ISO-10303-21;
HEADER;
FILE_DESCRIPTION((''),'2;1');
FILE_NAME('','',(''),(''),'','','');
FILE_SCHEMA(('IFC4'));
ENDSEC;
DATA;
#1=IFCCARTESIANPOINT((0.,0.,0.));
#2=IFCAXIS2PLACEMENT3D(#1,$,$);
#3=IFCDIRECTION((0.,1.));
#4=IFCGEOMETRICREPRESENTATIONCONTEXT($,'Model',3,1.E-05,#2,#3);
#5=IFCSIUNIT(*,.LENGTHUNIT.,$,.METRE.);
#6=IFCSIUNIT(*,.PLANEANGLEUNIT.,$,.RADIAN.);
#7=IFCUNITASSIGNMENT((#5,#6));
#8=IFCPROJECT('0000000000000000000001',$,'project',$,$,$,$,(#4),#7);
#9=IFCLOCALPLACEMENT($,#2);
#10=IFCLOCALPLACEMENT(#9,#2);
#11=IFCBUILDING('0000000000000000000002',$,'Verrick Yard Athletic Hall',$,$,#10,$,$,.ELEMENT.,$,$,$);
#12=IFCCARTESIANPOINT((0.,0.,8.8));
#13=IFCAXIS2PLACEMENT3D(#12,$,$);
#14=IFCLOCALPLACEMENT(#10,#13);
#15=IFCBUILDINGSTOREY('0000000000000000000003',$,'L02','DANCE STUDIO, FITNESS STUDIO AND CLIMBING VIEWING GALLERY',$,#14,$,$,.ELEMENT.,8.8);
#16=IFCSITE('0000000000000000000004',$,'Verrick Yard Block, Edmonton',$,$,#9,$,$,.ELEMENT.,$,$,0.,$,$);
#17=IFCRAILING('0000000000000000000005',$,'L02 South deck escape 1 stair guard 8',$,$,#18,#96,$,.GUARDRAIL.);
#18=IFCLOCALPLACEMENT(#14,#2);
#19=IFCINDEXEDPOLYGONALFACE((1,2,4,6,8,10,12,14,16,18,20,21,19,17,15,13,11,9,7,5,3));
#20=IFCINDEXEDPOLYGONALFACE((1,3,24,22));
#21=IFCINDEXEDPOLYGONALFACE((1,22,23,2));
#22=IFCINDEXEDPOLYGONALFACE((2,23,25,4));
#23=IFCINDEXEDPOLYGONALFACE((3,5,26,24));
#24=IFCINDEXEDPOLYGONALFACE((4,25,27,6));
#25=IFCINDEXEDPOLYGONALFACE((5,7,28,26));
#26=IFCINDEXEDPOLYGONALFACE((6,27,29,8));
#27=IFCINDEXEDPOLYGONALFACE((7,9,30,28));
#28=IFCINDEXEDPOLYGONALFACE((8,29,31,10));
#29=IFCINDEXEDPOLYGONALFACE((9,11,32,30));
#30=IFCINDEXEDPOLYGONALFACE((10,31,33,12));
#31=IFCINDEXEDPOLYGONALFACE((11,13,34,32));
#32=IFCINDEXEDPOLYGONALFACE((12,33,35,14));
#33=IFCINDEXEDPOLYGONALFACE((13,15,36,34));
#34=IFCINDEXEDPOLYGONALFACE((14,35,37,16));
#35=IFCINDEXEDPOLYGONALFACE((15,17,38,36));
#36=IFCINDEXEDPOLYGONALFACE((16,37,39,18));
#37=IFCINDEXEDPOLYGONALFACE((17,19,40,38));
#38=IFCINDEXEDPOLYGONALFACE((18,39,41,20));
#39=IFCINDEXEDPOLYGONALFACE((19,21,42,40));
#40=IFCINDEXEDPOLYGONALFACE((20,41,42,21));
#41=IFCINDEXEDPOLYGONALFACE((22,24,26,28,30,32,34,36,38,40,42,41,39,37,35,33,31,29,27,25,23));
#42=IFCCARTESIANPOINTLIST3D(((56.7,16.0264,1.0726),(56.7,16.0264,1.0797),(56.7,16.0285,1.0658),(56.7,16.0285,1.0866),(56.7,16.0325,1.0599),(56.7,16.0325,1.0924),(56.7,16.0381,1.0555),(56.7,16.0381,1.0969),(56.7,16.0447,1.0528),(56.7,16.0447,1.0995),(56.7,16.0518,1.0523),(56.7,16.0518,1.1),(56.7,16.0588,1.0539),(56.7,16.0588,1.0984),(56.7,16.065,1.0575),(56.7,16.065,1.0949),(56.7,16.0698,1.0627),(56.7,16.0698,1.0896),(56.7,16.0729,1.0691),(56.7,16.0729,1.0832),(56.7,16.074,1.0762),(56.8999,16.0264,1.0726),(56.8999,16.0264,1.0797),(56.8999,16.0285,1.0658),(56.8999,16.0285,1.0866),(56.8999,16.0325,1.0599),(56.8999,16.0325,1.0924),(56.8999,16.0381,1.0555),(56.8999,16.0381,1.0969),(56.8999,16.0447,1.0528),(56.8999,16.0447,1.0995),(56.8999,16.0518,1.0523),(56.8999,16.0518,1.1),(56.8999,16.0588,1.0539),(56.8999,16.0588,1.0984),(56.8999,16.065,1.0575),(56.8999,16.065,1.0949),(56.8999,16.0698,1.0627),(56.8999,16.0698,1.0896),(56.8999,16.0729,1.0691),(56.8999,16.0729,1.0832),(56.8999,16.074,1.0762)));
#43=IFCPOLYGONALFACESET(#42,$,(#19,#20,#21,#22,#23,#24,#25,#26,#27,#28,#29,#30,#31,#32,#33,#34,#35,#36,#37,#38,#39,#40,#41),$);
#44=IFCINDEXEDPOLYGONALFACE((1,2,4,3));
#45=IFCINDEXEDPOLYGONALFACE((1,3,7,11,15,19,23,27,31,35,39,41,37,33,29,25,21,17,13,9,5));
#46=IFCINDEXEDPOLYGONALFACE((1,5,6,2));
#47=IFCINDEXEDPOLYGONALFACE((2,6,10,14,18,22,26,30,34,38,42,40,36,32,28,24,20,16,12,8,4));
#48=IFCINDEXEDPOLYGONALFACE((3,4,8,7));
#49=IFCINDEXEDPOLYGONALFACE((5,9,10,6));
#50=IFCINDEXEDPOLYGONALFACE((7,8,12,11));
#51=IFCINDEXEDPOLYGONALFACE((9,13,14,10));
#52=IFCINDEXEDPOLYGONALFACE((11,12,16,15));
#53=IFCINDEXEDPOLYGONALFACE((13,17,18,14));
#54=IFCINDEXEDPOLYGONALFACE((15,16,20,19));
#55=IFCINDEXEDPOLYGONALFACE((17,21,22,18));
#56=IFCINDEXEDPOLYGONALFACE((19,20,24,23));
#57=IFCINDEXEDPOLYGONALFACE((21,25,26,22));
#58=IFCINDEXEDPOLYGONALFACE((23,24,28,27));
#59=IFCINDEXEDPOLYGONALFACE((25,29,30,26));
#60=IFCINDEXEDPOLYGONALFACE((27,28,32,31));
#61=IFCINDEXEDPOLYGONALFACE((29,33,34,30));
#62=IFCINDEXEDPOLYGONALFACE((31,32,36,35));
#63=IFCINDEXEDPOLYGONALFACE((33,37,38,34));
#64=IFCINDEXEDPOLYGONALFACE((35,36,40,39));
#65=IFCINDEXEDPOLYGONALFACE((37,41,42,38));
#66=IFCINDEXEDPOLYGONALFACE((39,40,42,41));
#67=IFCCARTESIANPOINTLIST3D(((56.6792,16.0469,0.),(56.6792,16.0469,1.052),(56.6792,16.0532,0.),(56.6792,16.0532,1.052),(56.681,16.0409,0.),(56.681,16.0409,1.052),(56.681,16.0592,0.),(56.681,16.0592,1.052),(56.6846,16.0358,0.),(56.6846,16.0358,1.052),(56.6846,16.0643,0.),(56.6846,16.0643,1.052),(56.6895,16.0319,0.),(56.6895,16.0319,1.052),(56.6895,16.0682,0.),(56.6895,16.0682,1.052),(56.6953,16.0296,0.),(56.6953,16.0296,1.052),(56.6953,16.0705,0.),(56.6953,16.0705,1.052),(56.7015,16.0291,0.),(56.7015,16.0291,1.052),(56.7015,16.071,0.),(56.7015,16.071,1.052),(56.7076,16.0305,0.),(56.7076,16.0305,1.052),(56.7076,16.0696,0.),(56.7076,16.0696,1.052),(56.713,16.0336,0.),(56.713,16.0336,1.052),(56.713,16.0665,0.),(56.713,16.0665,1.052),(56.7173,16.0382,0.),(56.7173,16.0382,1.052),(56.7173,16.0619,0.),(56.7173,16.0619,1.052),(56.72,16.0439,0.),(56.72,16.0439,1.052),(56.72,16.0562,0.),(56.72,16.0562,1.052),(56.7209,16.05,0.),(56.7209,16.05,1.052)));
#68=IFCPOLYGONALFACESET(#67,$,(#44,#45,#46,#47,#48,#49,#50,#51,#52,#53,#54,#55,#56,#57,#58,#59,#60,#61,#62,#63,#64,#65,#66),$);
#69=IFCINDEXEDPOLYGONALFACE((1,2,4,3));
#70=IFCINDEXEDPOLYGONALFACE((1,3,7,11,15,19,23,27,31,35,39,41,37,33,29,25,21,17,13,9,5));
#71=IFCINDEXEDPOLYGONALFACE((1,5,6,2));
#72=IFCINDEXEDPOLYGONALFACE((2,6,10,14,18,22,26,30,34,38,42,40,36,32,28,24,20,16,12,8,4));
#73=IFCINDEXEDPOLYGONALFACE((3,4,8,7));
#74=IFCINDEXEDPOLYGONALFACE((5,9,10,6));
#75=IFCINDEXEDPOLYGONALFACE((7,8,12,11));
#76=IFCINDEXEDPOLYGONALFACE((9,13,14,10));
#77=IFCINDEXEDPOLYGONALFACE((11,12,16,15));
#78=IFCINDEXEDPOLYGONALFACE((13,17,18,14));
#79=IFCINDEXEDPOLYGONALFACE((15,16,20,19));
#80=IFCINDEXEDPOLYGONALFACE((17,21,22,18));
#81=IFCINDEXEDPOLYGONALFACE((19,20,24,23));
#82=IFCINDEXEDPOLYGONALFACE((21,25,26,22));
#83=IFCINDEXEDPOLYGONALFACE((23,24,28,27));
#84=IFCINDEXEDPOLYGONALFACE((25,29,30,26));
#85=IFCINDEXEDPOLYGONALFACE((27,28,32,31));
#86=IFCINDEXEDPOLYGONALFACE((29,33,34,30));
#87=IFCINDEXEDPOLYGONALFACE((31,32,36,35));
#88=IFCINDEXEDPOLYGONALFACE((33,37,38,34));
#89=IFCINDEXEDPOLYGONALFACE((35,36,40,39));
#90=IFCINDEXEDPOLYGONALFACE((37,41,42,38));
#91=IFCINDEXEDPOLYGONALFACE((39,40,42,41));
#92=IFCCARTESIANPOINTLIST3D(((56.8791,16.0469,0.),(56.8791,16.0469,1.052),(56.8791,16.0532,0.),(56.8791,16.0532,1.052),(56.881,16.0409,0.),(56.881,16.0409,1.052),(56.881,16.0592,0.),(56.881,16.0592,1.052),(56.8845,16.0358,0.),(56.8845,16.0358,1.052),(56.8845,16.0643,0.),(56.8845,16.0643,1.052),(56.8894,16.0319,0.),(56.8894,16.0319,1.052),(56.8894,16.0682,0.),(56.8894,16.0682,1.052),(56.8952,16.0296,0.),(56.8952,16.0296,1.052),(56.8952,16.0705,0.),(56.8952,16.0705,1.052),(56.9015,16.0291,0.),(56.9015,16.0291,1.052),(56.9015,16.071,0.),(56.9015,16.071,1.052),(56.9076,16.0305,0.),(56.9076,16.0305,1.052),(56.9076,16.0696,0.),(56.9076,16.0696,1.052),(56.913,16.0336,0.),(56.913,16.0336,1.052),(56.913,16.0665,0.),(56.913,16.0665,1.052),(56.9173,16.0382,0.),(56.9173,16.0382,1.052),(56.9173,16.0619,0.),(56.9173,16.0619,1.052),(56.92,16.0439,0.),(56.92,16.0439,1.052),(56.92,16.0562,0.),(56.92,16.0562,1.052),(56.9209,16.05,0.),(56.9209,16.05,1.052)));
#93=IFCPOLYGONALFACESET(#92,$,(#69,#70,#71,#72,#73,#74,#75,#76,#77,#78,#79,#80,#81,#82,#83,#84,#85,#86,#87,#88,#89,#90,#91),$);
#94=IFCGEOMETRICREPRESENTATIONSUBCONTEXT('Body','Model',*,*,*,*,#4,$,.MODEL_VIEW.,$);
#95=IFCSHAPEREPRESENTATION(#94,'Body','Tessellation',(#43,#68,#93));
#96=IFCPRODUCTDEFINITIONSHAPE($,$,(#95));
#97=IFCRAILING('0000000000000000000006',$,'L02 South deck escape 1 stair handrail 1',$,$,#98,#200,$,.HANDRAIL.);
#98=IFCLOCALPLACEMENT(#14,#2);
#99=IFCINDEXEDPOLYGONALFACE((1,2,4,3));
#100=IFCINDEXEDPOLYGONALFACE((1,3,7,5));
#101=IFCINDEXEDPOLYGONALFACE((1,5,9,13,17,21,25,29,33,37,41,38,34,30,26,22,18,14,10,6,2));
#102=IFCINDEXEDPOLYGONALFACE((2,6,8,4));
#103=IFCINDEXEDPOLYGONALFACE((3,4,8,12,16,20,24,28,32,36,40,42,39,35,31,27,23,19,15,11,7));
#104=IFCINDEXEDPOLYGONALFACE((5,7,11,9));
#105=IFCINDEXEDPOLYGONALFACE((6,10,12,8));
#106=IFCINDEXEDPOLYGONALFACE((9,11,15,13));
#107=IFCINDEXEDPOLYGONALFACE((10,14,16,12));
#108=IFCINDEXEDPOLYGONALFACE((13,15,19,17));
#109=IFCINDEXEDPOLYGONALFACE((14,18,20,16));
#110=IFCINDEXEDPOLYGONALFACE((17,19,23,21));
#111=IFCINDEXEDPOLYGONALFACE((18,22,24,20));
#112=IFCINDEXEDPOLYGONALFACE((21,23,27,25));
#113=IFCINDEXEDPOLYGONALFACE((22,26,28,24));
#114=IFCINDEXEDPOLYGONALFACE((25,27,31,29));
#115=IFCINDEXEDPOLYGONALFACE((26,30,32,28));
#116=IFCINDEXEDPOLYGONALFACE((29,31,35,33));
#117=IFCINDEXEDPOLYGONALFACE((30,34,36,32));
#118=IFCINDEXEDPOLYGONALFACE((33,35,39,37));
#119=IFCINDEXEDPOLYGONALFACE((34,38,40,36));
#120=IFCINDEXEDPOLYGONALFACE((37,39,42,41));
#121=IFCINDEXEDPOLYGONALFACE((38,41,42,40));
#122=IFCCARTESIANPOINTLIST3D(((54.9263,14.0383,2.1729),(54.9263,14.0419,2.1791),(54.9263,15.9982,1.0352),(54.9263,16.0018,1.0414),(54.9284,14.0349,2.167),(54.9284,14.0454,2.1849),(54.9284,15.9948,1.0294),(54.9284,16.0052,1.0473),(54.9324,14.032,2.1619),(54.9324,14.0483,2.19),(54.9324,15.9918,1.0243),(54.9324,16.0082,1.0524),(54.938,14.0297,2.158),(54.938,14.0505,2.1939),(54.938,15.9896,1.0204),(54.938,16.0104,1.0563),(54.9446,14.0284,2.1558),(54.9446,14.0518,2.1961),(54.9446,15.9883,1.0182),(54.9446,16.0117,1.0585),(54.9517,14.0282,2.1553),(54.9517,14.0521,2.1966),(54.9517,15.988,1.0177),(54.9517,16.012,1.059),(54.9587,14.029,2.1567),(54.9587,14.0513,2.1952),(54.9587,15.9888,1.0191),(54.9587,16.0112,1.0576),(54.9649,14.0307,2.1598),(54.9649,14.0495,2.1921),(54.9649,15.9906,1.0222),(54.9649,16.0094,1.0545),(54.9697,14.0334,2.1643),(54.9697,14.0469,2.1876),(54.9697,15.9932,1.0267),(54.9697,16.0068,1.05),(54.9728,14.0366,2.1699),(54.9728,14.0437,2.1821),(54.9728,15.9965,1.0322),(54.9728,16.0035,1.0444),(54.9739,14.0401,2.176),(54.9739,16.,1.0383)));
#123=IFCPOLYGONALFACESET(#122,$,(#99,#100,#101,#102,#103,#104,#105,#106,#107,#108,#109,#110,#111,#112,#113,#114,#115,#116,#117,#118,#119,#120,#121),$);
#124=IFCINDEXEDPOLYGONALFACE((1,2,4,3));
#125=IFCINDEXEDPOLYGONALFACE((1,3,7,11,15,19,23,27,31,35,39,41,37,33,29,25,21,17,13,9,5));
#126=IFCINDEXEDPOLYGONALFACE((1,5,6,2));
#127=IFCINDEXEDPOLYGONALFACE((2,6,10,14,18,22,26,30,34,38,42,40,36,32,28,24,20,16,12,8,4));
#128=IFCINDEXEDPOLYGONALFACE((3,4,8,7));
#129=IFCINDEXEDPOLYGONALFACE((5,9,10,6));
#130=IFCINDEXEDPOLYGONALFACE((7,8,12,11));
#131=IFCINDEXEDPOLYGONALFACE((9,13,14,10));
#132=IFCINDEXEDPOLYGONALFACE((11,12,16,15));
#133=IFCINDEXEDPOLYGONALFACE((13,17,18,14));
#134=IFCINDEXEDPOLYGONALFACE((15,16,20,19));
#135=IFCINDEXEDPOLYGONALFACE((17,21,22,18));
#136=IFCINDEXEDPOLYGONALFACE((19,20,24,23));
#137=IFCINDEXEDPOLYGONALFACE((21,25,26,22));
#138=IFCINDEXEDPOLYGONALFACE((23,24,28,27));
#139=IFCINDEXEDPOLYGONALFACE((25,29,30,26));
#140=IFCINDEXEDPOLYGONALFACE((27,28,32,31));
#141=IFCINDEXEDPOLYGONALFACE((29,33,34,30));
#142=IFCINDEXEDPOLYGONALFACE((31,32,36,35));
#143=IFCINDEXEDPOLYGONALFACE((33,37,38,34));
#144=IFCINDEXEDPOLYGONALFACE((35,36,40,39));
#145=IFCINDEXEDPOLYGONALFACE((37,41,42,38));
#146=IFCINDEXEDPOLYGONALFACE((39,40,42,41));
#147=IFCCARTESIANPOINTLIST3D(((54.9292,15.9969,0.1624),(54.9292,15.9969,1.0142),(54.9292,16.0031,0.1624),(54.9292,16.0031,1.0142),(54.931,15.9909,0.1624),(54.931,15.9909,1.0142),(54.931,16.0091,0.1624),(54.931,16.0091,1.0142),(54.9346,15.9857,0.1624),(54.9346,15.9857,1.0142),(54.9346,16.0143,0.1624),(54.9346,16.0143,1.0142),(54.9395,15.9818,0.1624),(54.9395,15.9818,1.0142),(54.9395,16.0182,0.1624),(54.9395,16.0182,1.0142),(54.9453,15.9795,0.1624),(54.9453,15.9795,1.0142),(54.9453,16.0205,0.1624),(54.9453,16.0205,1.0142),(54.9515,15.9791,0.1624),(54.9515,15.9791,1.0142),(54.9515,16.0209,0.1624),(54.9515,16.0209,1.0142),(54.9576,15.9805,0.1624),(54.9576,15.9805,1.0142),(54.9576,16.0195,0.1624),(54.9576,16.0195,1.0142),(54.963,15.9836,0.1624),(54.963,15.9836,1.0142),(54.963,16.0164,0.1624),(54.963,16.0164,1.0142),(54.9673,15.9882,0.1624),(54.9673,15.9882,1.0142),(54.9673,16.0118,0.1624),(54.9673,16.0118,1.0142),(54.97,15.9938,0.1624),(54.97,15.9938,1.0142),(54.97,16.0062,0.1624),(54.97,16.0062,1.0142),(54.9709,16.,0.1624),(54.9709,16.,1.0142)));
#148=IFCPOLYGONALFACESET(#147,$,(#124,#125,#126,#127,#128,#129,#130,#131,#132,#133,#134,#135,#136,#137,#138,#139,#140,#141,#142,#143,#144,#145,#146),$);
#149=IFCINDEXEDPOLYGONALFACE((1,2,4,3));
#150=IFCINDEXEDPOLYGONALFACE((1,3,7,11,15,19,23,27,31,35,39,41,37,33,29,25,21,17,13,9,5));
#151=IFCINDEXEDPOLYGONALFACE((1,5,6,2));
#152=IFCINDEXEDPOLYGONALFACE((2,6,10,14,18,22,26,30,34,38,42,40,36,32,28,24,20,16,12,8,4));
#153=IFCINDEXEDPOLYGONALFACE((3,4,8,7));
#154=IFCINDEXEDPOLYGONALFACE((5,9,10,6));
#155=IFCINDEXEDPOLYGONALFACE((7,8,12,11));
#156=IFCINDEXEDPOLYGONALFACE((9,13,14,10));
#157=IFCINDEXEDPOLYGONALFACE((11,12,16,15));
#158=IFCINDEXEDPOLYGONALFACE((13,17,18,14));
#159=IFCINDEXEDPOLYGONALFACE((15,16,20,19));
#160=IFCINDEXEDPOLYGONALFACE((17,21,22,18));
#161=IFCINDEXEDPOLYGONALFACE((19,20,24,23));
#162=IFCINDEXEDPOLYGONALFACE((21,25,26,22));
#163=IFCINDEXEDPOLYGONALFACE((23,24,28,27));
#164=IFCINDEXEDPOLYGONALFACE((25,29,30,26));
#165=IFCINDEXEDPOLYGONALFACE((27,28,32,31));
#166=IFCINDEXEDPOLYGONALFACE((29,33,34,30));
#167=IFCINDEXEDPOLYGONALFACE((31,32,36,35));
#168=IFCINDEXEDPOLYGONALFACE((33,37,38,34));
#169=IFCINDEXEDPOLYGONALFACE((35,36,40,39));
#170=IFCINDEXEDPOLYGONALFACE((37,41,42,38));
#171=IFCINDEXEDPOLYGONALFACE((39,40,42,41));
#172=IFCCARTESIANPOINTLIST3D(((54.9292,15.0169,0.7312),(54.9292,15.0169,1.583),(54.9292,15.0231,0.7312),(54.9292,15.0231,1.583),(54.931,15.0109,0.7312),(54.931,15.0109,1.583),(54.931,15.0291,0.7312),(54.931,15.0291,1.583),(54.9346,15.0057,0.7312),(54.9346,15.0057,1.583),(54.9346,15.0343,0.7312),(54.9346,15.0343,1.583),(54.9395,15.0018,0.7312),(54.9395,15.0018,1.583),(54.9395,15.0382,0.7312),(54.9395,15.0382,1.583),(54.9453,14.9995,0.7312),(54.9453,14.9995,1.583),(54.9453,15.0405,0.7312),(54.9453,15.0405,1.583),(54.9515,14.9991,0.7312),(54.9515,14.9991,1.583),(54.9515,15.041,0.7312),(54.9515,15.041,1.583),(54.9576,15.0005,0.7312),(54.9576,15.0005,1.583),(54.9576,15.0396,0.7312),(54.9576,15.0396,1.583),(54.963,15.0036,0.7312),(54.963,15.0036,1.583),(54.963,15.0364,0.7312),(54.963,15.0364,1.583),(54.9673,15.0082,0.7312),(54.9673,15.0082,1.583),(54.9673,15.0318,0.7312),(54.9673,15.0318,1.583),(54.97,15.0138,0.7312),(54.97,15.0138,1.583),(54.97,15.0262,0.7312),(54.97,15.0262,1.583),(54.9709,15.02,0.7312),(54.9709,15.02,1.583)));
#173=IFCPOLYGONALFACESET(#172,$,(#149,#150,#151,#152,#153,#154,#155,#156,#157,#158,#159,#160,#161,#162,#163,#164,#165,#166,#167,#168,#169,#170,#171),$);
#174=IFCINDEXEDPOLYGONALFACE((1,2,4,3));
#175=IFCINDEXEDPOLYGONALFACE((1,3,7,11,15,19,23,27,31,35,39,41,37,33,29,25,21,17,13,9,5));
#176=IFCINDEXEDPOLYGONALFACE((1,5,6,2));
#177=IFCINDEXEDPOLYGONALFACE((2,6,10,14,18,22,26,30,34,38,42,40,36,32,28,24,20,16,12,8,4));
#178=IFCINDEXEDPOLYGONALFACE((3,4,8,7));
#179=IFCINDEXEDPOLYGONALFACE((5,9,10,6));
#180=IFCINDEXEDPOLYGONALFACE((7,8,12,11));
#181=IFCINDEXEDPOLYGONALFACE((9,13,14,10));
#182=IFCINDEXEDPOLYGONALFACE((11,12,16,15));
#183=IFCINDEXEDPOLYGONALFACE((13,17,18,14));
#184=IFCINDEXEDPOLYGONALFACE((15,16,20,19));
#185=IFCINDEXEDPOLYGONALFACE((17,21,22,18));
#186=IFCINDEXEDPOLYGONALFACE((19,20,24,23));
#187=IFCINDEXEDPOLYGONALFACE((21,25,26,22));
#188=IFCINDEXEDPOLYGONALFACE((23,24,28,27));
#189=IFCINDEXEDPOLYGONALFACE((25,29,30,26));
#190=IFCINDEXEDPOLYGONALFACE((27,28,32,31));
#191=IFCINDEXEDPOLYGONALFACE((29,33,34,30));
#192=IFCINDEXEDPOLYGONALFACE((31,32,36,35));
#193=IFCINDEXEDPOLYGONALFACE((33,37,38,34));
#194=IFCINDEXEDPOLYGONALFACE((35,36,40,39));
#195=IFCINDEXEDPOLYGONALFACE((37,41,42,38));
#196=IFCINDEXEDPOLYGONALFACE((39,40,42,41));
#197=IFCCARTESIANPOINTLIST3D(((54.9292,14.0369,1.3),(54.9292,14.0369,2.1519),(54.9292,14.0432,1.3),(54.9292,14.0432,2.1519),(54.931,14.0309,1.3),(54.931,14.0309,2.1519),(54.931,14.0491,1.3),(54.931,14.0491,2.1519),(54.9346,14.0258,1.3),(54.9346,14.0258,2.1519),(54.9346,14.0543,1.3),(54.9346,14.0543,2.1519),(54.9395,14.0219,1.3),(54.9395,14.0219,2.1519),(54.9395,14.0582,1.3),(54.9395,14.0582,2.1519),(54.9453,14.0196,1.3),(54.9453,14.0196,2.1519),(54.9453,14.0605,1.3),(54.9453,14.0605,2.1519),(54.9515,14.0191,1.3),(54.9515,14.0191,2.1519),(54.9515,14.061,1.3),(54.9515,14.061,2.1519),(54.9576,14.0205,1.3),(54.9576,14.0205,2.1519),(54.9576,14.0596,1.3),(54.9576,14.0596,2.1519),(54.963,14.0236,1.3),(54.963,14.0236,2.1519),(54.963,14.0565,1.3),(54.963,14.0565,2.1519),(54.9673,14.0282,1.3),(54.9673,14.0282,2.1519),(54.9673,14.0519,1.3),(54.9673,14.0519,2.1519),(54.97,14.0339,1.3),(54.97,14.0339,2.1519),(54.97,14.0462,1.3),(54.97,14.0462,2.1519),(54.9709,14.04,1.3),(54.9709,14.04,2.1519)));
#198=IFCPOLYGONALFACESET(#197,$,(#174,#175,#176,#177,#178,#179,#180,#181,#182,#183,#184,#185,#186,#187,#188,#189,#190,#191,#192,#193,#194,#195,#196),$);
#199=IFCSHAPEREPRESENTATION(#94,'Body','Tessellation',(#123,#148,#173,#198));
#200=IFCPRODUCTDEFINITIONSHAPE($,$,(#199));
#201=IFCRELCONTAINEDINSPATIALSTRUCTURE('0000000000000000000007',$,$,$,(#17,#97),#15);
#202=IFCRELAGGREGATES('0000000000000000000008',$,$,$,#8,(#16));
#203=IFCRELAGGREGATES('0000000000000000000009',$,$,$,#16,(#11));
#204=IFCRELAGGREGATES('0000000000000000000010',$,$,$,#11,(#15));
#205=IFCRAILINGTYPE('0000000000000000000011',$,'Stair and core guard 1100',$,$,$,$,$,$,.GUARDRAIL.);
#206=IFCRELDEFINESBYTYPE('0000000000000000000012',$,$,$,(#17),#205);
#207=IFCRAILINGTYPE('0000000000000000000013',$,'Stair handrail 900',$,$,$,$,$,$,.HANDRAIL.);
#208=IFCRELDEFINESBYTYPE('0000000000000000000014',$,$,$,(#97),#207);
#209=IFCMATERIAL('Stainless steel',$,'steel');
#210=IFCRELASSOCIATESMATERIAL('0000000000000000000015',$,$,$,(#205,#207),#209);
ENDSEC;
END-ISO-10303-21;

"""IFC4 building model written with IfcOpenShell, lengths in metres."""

from ifc_helpers import new_model, si_unit, direction, frame, origin, origin_2d, place, context, subcontext, project, spatial, circle, extrude, material, type_object, element, save


model = new_model("IFC4")

# Units and contexts
model_context = context("Model", 3, precision=1e-05, world=origin(), true_north=direction((0.0, 1.0)))
body_context = subcontext(model_context, "Body", "Model", "MODEL_VIEW")
ifc_project = project(units=[si_unit("LENGTHUNIT", "METRE"), si_unit("PLANEANGLEUNIT", "RADIAN")], contexts=[model_context])

# Site, building, storey
site_placement = place(None, origin())
site = spatial("IfcSite", under=ifc_project, at=site_placement, Name="Verrick Yard Block, Edmonton", CompositionType="ELEMENT", RefElevation=0.0)
building_placement = place(site_placement, origin())
building = spatial("IfcBuilding", under=site, at=building_placement, Name="Verrick Yard Athletic Hall", CompositionType="ELEMENT")
storey_placement = place(building_placement, frame((0.0, 0.0, 8.8)))
storey = spatial("IfcBuildingStorey", under=building, at=storey_placement, Name="L02", Description="DANCE STUDIO, FITNESS STUDIO AND CLIMBING VIEWING GALLERY", CompositionType="ELEMENT", Elevation=8.8)

# Railings
ifc_material_1 = material(Name="Stainless steel", Category="steel")
railing_type_1 = type_object("IfcRailingType", Name="Stair and core guard 1100", PredefinedType="GUARDRAIL", material=ifc_material_1)
railing_1_placement = place(storey_placement, frame((56.7, 16.05, 0.0)))
element("IfcRailing", 1, at=railing_1_placement, inside=storey, type_object=railing_type_1, Name="L02 South deck escape 1 stair guard 8", PredefinedType="GUARDRAIL", context=body_context, shape_type="SweptSolid", body=[
    extrude(circle(Radius=0.0239, at=origin_2d()), frame((0.0, 0.0, 1.0762), z_axis=(1.0, 0.0, 0.0), x_axis=(0.0, 1.0, 0.0)), (0.0, 0.0, 1.0), 0.2),
    extrude(circle(Radius=0.021, at=origin_2d()), origin(), (0.0, 0.0, 1.0), 1.052),
    extrude(circle(Radius=0.021, at=origin_2d()), frame((0.2, 0.0, 0.0)), (0.0, 0.0, 1.0), 1.052),
])
railing_type_2 = type_object("IfcRailingType", Name="Stair handrail 900", PredefinedType="HANDRAIL", material=ifc_material_1)
railing_2_placement = place(storey_placement, frame((54.95, 16.0, 0.1624)))
element("IfcRailing", 2, at=railing_2_placement, inside=storey, type_object=railing_type_2, Name="L02 South deck escape 1 stair handrail 1", PredefinedType="HANDRAIL", context=body_context, shape_type="SweptSolid", body=[
    extrude(circle(Radius=0.0239, at=origin_2d()), frame((0.0, 0.0, 0.876), z_axis=(0.0, -0.864855, 0.502021), x_axis=(1.0, 0.0, 0.0)), (0.0, 0.0, 1.0), 2.2661),
    extrude(circle(Radius=0.021, at=origin_2d()), origin(), (0.0, 0.0, 1.0), 0.8518),
    extrude(circle(Radius=0.021, at=origin_2d()), frame((0.0, -0.98, 0.5688)), (0.0, 0.0, 1.0), 0.8518),
    extrude(circle(Radius=0.021, at=origin_2d()), frame((0.0, -1.96, 1.1377)), (0.0, 0.0, 1.0), 0.8518),
])

save(model, "model.ifc")
